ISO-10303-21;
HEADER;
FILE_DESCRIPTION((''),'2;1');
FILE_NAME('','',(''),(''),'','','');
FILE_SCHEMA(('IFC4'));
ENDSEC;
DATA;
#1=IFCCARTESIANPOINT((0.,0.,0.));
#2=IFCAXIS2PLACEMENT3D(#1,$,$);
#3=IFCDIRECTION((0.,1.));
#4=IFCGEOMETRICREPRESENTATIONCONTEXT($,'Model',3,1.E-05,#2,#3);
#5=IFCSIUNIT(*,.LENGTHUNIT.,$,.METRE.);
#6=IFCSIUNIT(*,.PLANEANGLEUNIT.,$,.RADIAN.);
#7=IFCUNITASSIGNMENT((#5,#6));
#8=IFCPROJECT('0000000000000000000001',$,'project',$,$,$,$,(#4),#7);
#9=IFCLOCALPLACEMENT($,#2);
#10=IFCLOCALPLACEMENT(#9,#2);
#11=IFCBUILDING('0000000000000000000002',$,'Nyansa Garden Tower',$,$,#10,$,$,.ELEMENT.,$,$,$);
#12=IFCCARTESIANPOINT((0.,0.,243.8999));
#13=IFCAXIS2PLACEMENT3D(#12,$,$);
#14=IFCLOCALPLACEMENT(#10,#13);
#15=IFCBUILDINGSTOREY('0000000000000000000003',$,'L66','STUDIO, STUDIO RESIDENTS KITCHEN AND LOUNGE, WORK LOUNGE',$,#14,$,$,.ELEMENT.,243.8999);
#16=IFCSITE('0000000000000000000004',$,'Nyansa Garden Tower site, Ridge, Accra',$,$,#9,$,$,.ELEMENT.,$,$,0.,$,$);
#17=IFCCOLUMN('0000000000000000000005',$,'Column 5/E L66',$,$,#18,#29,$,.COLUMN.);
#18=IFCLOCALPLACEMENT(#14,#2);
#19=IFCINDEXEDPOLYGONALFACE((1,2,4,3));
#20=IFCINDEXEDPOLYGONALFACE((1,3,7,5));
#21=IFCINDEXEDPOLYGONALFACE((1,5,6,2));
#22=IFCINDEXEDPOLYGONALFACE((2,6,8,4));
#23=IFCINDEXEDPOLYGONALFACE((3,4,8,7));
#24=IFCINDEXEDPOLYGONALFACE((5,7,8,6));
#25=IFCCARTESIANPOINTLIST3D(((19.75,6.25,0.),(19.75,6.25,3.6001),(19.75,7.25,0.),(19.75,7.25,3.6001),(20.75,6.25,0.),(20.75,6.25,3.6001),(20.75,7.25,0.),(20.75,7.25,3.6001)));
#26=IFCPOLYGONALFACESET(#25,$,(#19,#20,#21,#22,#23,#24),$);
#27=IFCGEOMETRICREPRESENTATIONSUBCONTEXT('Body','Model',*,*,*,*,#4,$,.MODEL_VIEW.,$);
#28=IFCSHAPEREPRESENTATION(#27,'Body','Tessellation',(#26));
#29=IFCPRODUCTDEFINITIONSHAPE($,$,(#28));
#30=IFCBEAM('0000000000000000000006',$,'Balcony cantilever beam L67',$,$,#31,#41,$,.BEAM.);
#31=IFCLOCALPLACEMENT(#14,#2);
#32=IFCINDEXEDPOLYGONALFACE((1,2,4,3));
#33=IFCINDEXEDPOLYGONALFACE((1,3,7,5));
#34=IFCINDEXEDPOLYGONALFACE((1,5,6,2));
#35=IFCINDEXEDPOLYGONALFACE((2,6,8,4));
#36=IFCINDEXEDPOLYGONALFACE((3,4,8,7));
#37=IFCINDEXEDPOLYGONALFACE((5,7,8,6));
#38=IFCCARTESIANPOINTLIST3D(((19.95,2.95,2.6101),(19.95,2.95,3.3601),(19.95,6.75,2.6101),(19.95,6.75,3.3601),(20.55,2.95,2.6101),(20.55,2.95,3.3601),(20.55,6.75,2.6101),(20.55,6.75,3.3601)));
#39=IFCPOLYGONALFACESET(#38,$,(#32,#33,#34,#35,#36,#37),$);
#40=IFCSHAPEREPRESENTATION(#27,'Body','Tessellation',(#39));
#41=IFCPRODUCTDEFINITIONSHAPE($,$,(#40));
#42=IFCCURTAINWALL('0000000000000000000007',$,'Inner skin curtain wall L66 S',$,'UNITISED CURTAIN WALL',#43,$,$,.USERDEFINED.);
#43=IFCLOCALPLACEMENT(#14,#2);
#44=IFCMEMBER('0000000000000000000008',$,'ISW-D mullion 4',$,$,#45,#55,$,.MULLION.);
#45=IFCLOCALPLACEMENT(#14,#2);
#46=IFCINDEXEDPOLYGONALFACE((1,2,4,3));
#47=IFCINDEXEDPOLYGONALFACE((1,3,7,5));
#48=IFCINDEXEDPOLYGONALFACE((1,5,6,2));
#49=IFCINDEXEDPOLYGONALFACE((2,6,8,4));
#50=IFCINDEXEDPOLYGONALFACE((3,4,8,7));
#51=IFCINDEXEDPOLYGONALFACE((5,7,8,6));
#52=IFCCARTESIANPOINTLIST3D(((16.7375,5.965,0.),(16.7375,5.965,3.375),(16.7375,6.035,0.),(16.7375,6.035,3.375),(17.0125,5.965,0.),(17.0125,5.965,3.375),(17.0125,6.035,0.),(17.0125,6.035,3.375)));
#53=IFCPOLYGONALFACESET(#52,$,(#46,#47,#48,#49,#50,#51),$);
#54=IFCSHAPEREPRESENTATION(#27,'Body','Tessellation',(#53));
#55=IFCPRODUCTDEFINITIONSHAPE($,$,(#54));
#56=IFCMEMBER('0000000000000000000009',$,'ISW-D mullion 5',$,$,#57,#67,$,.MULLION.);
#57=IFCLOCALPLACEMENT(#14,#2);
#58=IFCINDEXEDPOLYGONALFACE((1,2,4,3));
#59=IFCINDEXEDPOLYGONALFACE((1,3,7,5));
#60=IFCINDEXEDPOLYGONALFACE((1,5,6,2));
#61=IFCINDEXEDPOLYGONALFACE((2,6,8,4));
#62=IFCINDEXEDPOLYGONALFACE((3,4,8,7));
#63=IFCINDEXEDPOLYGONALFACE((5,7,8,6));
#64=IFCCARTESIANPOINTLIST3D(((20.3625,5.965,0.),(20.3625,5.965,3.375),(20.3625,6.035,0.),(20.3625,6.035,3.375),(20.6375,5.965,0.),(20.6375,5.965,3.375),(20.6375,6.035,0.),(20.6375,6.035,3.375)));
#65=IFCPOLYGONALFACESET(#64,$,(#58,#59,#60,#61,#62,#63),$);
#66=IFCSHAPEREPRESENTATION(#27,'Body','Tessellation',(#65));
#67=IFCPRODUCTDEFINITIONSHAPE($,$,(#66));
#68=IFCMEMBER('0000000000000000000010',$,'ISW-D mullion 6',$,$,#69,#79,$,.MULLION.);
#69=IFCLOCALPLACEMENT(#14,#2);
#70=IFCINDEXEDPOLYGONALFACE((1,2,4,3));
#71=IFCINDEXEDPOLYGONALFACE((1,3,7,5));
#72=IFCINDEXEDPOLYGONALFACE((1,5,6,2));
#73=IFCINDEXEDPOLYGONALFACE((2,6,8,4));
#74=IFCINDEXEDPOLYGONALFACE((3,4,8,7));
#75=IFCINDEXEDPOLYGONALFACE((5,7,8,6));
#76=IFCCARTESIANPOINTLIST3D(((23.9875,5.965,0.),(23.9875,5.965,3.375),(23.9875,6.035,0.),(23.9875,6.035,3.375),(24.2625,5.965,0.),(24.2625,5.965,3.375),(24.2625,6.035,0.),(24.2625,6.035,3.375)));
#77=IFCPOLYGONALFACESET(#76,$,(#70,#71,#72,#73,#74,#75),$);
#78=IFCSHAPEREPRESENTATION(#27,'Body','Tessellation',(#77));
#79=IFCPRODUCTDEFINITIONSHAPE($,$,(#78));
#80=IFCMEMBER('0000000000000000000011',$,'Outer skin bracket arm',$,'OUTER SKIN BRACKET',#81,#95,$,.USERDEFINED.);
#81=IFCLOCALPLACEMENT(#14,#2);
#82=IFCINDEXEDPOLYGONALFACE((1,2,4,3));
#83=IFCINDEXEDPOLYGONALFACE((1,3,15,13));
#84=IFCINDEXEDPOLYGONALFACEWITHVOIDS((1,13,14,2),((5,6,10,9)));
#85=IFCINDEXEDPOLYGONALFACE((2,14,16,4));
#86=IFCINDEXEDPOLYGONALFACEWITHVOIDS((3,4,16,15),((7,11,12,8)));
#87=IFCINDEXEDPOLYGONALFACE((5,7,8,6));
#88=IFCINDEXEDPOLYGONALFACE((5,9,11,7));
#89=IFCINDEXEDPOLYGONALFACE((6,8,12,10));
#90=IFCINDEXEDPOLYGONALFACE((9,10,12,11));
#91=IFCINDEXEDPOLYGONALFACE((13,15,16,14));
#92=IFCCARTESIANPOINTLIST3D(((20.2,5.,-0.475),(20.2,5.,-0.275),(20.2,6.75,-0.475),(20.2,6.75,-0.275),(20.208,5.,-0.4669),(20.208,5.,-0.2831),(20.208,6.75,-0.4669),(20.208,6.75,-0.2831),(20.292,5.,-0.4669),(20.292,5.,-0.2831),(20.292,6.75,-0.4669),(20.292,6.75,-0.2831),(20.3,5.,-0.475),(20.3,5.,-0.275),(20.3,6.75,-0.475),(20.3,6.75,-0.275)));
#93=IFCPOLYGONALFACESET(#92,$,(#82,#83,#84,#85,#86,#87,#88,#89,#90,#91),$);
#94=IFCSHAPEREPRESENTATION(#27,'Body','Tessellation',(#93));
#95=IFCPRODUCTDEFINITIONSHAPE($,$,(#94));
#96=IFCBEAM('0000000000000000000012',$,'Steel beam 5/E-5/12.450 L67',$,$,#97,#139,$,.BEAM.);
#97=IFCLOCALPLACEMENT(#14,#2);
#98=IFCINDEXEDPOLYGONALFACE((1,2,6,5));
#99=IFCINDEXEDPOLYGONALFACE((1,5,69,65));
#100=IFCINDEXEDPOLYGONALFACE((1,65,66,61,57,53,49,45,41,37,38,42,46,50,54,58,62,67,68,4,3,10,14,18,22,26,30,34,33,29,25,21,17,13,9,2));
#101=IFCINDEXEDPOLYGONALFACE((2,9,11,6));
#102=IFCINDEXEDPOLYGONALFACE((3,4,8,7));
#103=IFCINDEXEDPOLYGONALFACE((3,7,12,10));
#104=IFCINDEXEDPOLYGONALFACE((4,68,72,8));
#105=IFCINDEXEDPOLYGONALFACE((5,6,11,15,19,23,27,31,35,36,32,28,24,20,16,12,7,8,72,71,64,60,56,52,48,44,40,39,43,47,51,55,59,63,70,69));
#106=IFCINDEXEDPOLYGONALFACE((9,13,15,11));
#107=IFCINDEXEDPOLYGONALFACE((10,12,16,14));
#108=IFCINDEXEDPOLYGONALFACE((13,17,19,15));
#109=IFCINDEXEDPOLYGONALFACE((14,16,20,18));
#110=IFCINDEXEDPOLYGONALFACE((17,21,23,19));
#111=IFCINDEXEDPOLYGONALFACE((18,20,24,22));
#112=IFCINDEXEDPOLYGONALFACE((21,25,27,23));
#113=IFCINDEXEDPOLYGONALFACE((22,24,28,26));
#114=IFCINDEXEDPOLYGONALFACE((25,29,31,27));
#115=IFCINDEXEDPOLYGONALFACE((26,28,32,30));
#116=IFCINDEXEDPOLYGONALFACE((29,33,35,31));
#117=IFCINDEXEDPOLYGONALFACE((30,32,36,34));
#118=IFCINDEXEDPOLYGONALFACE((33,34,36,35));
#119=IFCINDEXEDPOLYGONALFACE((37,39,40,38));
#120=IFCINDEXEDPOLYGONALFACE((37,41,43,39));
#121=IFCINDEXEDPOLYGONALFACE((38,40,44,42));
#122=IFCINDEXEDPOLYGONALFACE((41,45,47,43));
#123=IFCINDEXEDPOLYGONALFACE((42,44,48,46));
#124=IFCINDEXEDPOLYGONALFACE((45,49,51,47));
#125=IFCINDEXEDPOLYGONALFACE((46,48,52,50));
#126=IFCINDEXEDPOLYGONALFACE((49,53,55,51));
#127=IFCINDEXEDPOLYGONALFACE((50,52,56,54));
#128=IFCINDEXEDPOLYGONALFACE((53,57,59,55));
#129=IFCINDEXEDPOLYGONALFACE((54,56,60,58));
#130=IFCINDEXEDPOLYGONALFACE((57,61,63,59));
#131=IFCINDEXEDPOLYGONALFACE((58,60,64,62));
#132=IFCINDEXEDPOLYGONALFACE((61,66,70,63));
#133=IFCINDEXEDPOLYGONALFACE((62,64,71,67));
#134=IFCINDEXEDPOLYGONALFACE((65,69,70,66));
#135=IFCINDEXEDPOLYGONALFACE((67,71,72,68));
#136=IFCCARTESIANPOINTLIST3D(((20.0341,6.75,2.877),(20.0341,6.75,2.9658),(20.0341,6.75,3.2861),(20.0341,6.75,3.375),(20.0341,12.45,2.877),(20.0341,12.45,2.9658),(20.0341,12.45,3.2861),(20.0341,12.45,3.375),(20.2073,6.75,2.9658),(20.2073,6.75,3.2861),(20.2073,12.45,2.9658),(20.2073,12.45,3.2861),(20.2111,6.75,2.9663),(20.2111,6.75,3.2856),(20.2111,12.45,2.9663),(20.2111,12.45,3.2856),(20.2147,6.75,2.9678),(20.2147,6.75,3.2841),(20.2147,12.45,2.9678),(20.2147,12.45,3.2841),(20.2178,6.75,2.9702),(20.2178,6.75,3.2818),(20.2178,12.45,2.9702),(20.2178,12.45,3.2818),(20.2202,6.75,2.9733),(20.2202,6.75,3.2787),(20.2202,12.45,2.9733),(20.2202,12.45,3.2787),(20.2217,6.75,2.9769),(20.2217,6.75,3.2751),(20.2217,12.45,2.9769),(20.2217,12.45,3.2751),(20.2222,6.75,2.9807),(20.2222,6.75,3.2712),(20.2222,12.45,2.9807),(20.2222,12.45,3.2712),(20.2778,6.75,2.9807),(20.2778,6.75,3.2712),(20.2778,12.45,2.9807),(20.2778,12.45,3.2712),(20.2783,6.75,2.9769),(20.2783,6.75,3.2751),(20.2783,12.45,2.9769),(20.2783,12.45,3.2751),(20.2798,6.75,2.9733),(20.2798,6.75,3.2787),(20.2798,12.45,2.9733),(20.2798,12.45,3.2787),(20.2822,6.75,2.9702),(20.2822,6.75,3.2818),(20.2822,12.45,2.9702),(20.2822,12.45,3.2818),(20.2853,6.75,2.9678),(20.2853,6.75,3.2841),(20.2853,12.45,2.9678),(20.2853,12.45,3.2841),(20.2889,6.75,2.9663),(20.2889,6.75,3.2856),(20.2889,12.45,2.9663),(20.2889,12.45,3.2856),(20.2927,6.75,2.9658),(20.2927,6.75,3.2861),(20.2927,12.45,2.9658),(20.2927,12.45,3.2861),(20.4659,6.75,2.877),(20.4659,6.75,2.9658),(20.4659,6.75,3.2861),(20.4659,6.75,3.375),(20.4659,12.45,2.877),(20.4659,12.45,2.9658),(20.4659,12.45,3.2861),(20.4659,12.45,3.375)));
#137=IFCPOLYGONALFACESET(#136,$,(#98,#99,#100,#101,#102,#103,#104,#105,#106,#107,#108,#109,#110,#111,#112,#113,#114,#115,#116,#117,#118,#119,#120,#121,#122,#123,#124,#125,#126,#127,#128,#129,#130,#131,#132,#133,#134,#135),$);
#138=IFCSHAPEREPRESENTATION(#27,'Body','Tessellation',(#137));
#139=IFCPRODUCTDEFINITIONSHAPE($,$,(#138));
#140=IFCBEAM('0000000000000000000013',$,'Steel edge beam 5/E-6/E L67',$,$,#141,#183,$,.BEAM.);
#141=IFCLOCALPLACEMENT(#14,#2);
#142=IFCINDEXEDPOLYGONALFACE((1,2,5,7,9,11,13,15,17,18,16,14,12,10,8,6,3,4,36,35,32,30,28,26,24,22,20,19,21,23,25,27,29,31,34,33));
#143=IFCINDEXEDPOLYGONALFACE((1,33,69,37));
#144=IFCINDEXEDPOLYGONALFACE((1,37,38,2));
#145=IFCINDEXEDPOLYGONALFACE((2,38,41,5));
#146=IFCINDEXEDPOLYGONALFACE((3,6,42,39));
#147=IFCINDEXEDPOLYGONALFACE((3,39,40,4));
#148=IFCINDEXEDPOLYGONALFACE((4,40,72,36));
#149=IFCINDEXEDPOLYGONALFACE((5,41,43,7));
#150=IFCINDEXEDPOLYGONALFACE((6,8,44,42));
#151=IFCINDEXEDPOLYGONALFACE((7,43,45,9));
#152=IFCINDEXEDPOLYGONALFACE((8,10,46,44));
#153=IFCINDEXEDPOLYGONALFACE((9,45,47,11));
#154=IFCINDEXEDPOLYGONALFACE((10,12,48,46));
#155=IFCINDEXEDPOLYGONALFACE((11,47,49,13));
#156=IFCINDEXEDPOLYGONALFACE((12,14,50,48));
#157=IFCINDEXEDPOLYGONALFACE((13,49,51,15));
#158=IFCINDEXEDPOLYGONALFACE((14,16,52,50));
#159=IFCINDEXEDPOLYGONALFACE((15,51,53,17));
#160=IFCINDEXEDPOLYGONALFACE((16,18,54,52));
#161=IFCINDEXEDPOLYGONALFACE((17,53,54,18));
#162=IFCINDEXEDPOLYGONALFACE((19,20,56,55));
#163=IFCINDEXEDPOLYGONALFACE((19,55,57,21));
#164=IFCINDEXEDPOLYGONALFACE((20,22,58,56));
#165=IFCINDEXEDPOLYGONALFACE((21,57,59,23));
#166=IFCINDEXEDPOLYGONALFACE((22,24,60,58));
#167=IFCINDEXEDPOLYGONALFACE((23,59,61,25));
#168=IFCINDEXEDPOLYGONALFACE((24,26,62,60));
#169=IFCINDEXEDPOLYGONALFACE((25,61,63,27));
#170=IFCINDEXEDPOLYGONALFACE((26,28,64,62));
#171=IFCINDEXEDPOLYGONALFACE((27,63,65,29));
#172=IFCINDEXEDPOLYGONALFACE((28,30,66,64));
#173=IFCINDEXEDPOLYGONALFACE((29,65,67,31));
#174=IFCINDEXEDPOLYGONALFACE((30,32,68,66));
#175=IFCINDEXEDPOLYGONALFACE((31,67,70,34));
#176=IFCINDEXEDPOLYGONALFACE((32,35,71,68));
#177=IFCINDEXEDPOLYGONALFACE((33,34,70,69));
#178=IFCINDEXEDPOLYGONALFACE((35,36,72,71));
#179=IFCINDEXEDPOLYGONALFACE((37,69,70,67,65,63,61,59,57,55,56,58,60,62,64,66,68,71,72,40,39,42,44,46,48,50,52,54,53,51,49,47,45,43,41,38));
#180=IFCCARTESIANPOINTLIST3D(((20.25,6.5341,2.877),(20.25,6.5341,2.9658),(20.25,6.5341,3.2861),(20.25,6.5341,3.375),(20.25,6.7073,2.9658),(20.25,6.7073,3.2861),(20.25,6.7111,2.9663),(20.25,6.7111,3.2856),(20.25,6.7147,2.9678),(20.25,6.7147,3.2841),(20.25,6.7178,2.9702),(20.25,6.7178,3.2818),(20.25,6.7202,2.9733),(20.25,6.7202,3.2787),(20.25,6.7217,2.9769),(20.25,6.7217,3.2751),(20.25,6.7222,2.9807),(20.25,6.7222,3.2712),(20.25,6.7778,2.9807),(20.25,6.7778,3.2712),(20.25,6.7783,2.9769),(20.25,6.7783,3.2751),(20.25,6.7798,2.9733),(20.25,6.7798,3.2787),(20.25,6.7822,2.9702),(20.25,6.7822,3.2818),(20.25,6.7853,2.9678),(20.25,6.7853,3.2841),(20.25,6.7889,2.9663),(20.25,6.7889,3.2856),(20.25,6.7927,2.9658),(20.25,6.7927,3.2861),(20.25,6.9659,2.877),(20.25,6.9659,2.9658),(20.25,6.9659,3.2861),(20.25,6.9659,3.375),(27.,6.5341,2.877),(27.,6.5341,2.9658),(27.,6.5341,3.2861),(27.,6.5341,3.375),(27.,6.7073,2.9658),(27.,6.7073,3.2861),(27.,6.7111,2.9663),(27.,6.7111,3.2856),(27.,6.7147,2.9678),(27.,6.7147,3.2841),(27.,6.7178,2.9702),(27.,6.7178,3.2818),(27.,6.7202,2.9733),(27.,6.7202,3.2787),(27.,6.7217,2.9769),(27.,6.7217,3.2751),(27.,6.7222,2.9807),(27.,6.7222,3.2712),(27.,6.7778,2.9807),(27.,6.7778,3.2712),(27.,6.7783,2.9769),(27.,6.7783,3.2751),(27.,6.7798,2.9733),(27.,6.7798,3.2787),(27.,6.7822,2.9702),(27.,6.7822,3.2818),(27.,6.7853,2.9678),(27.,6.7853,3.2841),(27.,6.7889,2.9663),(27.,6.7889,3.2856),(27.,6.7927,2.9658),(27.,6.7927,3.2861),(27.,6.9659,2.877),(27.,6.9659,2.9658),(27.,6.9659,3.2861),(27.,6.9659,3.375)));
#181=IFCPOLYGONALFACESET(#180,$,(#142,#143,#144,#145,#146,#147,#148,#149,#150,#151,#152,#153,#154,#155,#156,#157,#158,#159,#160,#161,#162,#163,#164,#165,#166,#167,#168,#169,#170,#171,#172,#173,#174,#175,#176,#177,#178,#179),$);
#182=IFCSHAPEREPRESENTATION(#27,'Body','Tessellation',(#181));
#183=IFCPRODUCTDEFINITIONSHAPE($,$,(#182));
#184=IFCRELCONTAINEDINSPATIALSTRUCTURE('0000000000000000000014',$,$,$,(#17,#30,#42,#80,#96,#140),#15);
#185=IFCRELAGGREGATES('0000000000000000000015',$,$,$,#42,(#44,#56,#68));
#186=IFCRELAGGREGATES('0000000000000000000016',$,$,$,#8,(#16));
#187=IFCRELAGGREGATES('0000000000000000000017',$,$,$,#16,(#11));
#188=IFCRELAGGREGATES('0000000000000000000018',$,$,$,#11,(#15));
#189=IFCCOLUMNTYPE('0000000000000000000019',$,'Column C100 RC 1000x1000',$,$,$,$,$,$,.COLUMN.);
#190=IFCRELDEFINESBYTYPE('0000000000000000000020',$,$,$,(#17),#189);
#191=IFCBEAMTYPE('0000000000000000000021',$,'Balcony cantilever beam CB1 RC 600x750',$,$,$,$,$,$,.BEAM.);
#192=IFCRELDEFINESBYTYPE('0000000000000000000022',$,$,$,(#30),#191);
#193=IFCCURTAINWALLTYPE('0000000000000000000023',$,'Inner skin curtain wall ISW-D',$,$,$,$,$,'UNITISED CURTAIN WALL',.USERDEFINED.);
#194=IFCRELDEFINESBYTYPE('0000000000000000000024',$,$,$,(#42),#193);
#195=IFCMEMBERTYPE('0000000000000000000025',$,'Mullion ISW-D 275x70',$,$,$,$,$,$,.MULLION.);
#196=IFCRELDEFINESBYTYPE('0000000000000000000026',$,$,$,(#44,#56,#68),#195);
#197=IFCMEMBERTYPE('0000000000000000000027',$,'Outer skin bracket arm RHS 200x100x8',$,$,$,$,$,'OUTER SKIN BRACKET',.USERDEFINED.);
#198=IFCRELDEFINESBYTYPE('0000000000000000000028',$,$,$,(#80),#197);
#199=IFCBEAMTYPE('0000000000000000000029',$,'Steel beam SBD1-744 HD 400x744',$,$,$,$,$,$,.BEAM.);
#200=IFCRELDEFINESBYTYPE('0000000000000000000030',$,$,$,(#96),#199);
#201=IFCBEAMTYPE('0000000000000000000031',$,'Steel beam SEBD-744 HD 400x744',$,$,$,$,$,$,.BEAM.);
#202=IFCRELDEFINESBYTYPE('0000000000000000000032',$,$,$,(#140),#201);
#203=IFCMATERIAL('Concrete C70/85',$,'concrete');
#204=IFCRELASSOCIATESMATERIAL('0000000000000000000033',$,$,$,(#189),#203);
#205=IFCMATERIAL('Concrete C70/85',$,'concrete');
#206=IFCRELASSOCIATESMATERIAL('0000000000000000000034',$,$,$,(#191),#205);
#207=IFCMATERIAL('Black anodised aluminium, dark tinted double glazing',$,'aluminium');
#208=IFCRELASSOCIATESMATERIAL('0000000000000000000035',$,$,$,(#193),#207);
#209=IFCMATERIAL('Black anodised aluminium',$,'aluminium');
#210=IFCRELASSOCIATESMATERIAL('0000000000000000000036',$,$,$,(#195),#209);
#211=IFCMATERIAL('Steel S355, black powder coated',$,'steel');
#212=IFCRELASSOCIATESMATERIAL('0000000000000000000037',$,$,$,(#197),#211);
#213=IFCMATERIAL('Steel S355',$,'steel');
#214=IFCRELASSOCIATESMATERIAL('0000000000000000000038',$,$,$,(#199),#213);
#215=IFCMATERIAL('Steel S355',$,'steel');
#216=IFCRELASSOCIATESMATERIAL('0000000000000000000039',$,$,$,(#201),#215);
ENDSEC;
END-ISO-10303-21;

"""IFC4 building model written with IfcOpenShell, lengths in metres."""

from ifc_helpers import new_model, si_unit, direction, frame, origin, origin_2d, place, context, subcontext, project, spatial, rectangle, hollow_rectangle, i_section, extrude, material, material_profile, profile_set, type_object, element, aggregate, save


model = new_model("IFC4")

# Units and contexts
model_context = context("Model", 3, precision=1e-05, world=origin(), true_north=direction((0.0, 1.0)))
body_context = subcontext(model_context, "Body", "Model", "MODEL_VIEW")
ifc_project = project(units=[si_unit("LENGTHUNIT", "METRE"), si_unit("PLANEANGLEUNIT", "RADIAN")], contexts=[model_context])

# Site, building, storey
site_placement = place(None, origin())
site = spatial("IfcSite", under=ifc_project, at=site_placement, Name="Nyansa Garden Tower site, Ridge, Accra", CompositionType="ELEMENT", RefElevation=0.0)
building_placement = place(site_placement, origin())
building = spatial("IfcBuilding", under=site, at=building_placement, Name="Nyansa Garden Tower", CompositionType="ELEMENT")
storey_placement = place(building_placement, frame((0.0, 0.0, 243.8999)))
storey = spatial("IfcBuildingStorey", under=building, at=storey_placement, Name="L66", Description="STUDIO, STUDIO RESIDENTS KITCHEN AND LOUNGE, WORK LOUNGE", CompositionType="ELEMENT", Elevation=243.8999)

# Column
ifc_material_1 = material(Name="Concrete C70/85", Category="concrete")
ifc_material_profile_1 = material_profile(ifc_material_1, rectangle(XDim=1.0, YDim=1.0, at=origin_2d()), Name="RC 1000x1000")
ifc_profile_set_1 = profile_set([ifc_material_profile_1], Name="Concrete C70/85")
column_type = type_object("IfcColumnType", Name="Column C100 RC 1000x1000", PredefinedType="COLUMN", material=ifc_profile_set_1)
column_placement = place(storey_placement, frame((20.25, 6.75, 0.0), z_axis=(0.0, 0.0, 1.0), x_axis=(1.0, 0.0, 0.0)))
element("IfcColumn", 1, at=column_placement, inside=storey, type_object=column_type, Name="Column 5/E L66", PredefinedType="COLUMN", context=body_context, shape_type="SweptSolid", body=[
    extrude(rectangle(XDim=1.0, YDim=1.0, at=origin_2d()), origin(), (0.0, 0.0, 1.0), 3.6001),
])

# Beam
ifc_material_2 = material(Name="Concrete C70/85", Category="concrete")
ifc_material_profile_2 = material_profile(ifc_material_2, rectangle(XDim=0.6001, YDim=0.75, at=origin_2d()), Name="RC 600x750")
ifc_profile_set_2 = profile_set([ifc_material_profile_2], Name="Concrete C70/85")
beam_type_1 = type_object("IfcBeamType", Name="Balcony cantilever beam CB1 RC 600x750", PredefinedType="BEAM", material=ifc_profile_set_2)
beam_1_placement = place(storey_placement, frame((20.25, 6.75, 2.9851), z_axis=(0.0, -1.0, 0.0), x_axis=(1.0, 0.0, 0.0)))
element("IfcBeam", 2, at=beam_1_placement, inside=storey, type_object=beam_type_1, Name="Balcony cantilever beam L67", PredefinedType="BEAM", context=body_context, shape_type="SweptSolid", body=[
    extrude(rectangle(XDim=0.6001, YDim=0.75, at=origin_2d()), origin(), (0.0, 0.0, 1.0), 3.8),
])

# Curtain wall, members
ifc_material_3 = material(Name="Black anodised aluminium, dark tinted double glazing", Category="aluminium")
curtain_wall_type = type_object("IfcCurtainWallType", Name="Inner skin curtain wall ISW-D", ElementType="UNITISED CURTAIN WALL", PredefinedType="USERDEFINED", material=ifc_material_3)
curtain_wall_placement = place(storey_placement, origin())
curtain_wall = element("IfcCurtainWall", 3, at=curtain_wall_placement, inside=storey, type_object=curtain_wall_type, Name="Inner skin curtain wall L66 S", ObjectType="UNITISED CURTAIN WALL", PredefinedType="USERDEFINED")
ifc_material_4 = material(Name="Black anodised aluminium", Category="aluminium")
ifc_material_profile_3 = material_profile(ifc_material_4, rectangle(XDim=0.0701, YDim=0.2749, at=origin_2d()), Name="Mullion 275x70")
ifc_profile_set_3 = profile_set([ifc_material_profile_3], Name="Black anodised aluminium")
member_type_1 = type_object("IfcMemberType", Name="Mullion ISW-D 275x70", PredefinedType="MULLION", material=ifc_profile_set_3)
member_1_placement = place(storey_placement, frame((16.875, 6.0, 0.0), z_axis=(0.0, 0.0, 1.0), x_axis=(0.0, 1.0, 0.0)))
member_1 = element("IfcMember", 4, at=member_1_placement, type_object=member_type_1, Name="ISW-D mullion 4", PredefinedType="MULLION", context=body_context, shape_type="SweptSolid", body=[
    extrude(rectangle(XDim=0.0701, YDim=0.2749, at=origin_2d()), origin(), (0.0, 0.0, 1.0), 3.375),
])
member_2_placement = place(storey_placement, frame((20.5, 6.0, 0.0), z_axis=(0.0, 0.0, 1.0), x_axis=(0.0, 1.0, 0.0)))
member_2 = element("IfcMember", 5, at=member_2_placement, type_object=member_type_1, Name="ISW-D mullion 5", PredefinedType="MULLION", context=body_context, shape_type="SweptSolid", body=[
    extrude(rectangle(XDim=0.0701, YDim=0.2749, at=origin_2d()), origin(), (0.0, 0.0, 1.0), 3.375),
])
member_3_placement = place(storey_placement, frame((24.125, 6.0, 0.0), z_axis=(0.0, 0.0, 1.0), x_axis=(0.0, 1.0, 0.0)))
member_3 = element("IfcMember", 6, at=member_3_placement, type_object=member_type_1, Name="ISW-D mullion 6", PredefinedType="MULLION", context=body_context, shape_type="SweptSolid", body=[
    extrude(rectangle(XDim=0.0701, YDim=0.2749, at=origin_2d()), origin(), (0.0, 0.0, 1.0), 3.375),
])

# Member
ifc_material_5 = material(Name="Steel S355, black powder coated", Category="steel")
ifc_material_profile_4 = material_profile(ifc_material_5, hollow_rectangle(XDim=0.1001, YDim=0.2, WallThickness=0.0081, at=origin_2d()), Name="RHS 200x100x8")
ifc_profile_set_4 = profile_set([ifc_material_profile_4], Name="Steel S355, black powder coated")
member_type_2 = type_object("IfcMemberType", Name="Outer skin bracket arm RHS 200x100x8", ElementType="OUTER SKIN BRACKET", PredefinedType="USERDEFINED", material=ifc_profile_set_4)
member_4_placement = place(storey_placement, frame((20.25, 6.75, -0.375), z_axis=(0.0, -1.0, 0.0), x_axis=(1.0, 0.0, 0.0)))
element("IfcMember", 7, at=member_4_placement, inside=storey, type_object=member_type_2, Name="Outer skin bracket arm", ObjectType="OUTER SKIN BRACKET", PredefinedType="USERDEFINED", context=body_context, shape_type="SweptSolid", body=[
    extrude(hollow_rectangle(XDim=0.1001, YDim=0.2, WallThickness=0.0081, at=origin_2d()), origin(), (0.0, 0.0, 1.0), 1.75),
])

# Beams
ifc_material_6 = material(Name="Steel S355", Category="steel")
ifc_material_profile_5 = material_profile(ifc_material_6, i_section(OverallWidth=0.4319, OverallDepth=0.498, WebThickness=0.0557, FlangeThickness=0.0889, FilletRadius=0.0149, at=origin_2d()), Name="HD 400x744")
ifc_profile_set_5 = profile_set([ifc_material_profile_5], Name="Steel S355")
beam_type_2 = type_object("IfcBeamType", Name="Steel beam SBD1-744 HD 400x744", PredefinedType="BEAM", material=ifc_profile_set_5)
beam_2_placement = place(storey_placement, frame((20.25, 6.75, 3.126), z_axis=(0.0, 1.0, 0.0), x_axis=(-1.0, 0.0, 0.0)))
element("IfcBeam", 8, at=beam_2_placement, inside=storey, type_object=beam_type_2, Name="Steel beam 5/E-5/12.450 L67", PredefinedType="BEAM", context=body_context, shape_type="SweptSolid", body=[
    extrude(i_section(OverallWidth=0.4319, OverallDepth=0.498, WebThickness=0.0557, FlangeThickness=0.0889, FilletRadius=0.0149, at=origin_2d()), origin(), (0.0, 0.0, 1.0), 5.7),
])
ifc_material_7 = material(Name="Steel S355", Category="steel")
ifc_material_profile_6 = material_profile(ifc_material_7, i_section(OverallWidth=0.4319, OverallDepth=0.498, WebThickness=0.0557, FlangeThickness=0.0889, FilletRadius=0.0149, at=origin_2d()), Name="HD 400x744")
ifc_profile_set_6 = profile_set([ifc_material_profile_6], Name="Steel S355")
beam_type_3 = type_object("IfcBeamType", Name="Steel beam SEBD-744 HD 400x744", PredefinedType="BEAM", material=ifc_profile_set_6)
beam_3_placement = place(storey_placement, frame((20.25, 6.75, 3.126), z_axis=(1.0, 0.0, 0.0), x_axis=(0.0, 1.0, 0.0)))
element("IfcBeam", 9, at=beam_3_placement, inside=storey, type_object=beam_type_3, Name="Steel edge beam 5/E-6/E L67", PredefinedType="BEAM", context=body_context, shape_type="SweptSolid", body=[
    extrude(i_section(OverallWidth=0.4319, OverallDepth=0.498, WebThickness=0.0557, FlangeThickness=0.0889, FilletRadius=0.0149, at=origin_2d()), origin(), (0.0, 0.0, 1.0), 6.75),
])

aggregate(curtain_wall, [member_1, member_2, member_3])

save(model, "model.ifc")
